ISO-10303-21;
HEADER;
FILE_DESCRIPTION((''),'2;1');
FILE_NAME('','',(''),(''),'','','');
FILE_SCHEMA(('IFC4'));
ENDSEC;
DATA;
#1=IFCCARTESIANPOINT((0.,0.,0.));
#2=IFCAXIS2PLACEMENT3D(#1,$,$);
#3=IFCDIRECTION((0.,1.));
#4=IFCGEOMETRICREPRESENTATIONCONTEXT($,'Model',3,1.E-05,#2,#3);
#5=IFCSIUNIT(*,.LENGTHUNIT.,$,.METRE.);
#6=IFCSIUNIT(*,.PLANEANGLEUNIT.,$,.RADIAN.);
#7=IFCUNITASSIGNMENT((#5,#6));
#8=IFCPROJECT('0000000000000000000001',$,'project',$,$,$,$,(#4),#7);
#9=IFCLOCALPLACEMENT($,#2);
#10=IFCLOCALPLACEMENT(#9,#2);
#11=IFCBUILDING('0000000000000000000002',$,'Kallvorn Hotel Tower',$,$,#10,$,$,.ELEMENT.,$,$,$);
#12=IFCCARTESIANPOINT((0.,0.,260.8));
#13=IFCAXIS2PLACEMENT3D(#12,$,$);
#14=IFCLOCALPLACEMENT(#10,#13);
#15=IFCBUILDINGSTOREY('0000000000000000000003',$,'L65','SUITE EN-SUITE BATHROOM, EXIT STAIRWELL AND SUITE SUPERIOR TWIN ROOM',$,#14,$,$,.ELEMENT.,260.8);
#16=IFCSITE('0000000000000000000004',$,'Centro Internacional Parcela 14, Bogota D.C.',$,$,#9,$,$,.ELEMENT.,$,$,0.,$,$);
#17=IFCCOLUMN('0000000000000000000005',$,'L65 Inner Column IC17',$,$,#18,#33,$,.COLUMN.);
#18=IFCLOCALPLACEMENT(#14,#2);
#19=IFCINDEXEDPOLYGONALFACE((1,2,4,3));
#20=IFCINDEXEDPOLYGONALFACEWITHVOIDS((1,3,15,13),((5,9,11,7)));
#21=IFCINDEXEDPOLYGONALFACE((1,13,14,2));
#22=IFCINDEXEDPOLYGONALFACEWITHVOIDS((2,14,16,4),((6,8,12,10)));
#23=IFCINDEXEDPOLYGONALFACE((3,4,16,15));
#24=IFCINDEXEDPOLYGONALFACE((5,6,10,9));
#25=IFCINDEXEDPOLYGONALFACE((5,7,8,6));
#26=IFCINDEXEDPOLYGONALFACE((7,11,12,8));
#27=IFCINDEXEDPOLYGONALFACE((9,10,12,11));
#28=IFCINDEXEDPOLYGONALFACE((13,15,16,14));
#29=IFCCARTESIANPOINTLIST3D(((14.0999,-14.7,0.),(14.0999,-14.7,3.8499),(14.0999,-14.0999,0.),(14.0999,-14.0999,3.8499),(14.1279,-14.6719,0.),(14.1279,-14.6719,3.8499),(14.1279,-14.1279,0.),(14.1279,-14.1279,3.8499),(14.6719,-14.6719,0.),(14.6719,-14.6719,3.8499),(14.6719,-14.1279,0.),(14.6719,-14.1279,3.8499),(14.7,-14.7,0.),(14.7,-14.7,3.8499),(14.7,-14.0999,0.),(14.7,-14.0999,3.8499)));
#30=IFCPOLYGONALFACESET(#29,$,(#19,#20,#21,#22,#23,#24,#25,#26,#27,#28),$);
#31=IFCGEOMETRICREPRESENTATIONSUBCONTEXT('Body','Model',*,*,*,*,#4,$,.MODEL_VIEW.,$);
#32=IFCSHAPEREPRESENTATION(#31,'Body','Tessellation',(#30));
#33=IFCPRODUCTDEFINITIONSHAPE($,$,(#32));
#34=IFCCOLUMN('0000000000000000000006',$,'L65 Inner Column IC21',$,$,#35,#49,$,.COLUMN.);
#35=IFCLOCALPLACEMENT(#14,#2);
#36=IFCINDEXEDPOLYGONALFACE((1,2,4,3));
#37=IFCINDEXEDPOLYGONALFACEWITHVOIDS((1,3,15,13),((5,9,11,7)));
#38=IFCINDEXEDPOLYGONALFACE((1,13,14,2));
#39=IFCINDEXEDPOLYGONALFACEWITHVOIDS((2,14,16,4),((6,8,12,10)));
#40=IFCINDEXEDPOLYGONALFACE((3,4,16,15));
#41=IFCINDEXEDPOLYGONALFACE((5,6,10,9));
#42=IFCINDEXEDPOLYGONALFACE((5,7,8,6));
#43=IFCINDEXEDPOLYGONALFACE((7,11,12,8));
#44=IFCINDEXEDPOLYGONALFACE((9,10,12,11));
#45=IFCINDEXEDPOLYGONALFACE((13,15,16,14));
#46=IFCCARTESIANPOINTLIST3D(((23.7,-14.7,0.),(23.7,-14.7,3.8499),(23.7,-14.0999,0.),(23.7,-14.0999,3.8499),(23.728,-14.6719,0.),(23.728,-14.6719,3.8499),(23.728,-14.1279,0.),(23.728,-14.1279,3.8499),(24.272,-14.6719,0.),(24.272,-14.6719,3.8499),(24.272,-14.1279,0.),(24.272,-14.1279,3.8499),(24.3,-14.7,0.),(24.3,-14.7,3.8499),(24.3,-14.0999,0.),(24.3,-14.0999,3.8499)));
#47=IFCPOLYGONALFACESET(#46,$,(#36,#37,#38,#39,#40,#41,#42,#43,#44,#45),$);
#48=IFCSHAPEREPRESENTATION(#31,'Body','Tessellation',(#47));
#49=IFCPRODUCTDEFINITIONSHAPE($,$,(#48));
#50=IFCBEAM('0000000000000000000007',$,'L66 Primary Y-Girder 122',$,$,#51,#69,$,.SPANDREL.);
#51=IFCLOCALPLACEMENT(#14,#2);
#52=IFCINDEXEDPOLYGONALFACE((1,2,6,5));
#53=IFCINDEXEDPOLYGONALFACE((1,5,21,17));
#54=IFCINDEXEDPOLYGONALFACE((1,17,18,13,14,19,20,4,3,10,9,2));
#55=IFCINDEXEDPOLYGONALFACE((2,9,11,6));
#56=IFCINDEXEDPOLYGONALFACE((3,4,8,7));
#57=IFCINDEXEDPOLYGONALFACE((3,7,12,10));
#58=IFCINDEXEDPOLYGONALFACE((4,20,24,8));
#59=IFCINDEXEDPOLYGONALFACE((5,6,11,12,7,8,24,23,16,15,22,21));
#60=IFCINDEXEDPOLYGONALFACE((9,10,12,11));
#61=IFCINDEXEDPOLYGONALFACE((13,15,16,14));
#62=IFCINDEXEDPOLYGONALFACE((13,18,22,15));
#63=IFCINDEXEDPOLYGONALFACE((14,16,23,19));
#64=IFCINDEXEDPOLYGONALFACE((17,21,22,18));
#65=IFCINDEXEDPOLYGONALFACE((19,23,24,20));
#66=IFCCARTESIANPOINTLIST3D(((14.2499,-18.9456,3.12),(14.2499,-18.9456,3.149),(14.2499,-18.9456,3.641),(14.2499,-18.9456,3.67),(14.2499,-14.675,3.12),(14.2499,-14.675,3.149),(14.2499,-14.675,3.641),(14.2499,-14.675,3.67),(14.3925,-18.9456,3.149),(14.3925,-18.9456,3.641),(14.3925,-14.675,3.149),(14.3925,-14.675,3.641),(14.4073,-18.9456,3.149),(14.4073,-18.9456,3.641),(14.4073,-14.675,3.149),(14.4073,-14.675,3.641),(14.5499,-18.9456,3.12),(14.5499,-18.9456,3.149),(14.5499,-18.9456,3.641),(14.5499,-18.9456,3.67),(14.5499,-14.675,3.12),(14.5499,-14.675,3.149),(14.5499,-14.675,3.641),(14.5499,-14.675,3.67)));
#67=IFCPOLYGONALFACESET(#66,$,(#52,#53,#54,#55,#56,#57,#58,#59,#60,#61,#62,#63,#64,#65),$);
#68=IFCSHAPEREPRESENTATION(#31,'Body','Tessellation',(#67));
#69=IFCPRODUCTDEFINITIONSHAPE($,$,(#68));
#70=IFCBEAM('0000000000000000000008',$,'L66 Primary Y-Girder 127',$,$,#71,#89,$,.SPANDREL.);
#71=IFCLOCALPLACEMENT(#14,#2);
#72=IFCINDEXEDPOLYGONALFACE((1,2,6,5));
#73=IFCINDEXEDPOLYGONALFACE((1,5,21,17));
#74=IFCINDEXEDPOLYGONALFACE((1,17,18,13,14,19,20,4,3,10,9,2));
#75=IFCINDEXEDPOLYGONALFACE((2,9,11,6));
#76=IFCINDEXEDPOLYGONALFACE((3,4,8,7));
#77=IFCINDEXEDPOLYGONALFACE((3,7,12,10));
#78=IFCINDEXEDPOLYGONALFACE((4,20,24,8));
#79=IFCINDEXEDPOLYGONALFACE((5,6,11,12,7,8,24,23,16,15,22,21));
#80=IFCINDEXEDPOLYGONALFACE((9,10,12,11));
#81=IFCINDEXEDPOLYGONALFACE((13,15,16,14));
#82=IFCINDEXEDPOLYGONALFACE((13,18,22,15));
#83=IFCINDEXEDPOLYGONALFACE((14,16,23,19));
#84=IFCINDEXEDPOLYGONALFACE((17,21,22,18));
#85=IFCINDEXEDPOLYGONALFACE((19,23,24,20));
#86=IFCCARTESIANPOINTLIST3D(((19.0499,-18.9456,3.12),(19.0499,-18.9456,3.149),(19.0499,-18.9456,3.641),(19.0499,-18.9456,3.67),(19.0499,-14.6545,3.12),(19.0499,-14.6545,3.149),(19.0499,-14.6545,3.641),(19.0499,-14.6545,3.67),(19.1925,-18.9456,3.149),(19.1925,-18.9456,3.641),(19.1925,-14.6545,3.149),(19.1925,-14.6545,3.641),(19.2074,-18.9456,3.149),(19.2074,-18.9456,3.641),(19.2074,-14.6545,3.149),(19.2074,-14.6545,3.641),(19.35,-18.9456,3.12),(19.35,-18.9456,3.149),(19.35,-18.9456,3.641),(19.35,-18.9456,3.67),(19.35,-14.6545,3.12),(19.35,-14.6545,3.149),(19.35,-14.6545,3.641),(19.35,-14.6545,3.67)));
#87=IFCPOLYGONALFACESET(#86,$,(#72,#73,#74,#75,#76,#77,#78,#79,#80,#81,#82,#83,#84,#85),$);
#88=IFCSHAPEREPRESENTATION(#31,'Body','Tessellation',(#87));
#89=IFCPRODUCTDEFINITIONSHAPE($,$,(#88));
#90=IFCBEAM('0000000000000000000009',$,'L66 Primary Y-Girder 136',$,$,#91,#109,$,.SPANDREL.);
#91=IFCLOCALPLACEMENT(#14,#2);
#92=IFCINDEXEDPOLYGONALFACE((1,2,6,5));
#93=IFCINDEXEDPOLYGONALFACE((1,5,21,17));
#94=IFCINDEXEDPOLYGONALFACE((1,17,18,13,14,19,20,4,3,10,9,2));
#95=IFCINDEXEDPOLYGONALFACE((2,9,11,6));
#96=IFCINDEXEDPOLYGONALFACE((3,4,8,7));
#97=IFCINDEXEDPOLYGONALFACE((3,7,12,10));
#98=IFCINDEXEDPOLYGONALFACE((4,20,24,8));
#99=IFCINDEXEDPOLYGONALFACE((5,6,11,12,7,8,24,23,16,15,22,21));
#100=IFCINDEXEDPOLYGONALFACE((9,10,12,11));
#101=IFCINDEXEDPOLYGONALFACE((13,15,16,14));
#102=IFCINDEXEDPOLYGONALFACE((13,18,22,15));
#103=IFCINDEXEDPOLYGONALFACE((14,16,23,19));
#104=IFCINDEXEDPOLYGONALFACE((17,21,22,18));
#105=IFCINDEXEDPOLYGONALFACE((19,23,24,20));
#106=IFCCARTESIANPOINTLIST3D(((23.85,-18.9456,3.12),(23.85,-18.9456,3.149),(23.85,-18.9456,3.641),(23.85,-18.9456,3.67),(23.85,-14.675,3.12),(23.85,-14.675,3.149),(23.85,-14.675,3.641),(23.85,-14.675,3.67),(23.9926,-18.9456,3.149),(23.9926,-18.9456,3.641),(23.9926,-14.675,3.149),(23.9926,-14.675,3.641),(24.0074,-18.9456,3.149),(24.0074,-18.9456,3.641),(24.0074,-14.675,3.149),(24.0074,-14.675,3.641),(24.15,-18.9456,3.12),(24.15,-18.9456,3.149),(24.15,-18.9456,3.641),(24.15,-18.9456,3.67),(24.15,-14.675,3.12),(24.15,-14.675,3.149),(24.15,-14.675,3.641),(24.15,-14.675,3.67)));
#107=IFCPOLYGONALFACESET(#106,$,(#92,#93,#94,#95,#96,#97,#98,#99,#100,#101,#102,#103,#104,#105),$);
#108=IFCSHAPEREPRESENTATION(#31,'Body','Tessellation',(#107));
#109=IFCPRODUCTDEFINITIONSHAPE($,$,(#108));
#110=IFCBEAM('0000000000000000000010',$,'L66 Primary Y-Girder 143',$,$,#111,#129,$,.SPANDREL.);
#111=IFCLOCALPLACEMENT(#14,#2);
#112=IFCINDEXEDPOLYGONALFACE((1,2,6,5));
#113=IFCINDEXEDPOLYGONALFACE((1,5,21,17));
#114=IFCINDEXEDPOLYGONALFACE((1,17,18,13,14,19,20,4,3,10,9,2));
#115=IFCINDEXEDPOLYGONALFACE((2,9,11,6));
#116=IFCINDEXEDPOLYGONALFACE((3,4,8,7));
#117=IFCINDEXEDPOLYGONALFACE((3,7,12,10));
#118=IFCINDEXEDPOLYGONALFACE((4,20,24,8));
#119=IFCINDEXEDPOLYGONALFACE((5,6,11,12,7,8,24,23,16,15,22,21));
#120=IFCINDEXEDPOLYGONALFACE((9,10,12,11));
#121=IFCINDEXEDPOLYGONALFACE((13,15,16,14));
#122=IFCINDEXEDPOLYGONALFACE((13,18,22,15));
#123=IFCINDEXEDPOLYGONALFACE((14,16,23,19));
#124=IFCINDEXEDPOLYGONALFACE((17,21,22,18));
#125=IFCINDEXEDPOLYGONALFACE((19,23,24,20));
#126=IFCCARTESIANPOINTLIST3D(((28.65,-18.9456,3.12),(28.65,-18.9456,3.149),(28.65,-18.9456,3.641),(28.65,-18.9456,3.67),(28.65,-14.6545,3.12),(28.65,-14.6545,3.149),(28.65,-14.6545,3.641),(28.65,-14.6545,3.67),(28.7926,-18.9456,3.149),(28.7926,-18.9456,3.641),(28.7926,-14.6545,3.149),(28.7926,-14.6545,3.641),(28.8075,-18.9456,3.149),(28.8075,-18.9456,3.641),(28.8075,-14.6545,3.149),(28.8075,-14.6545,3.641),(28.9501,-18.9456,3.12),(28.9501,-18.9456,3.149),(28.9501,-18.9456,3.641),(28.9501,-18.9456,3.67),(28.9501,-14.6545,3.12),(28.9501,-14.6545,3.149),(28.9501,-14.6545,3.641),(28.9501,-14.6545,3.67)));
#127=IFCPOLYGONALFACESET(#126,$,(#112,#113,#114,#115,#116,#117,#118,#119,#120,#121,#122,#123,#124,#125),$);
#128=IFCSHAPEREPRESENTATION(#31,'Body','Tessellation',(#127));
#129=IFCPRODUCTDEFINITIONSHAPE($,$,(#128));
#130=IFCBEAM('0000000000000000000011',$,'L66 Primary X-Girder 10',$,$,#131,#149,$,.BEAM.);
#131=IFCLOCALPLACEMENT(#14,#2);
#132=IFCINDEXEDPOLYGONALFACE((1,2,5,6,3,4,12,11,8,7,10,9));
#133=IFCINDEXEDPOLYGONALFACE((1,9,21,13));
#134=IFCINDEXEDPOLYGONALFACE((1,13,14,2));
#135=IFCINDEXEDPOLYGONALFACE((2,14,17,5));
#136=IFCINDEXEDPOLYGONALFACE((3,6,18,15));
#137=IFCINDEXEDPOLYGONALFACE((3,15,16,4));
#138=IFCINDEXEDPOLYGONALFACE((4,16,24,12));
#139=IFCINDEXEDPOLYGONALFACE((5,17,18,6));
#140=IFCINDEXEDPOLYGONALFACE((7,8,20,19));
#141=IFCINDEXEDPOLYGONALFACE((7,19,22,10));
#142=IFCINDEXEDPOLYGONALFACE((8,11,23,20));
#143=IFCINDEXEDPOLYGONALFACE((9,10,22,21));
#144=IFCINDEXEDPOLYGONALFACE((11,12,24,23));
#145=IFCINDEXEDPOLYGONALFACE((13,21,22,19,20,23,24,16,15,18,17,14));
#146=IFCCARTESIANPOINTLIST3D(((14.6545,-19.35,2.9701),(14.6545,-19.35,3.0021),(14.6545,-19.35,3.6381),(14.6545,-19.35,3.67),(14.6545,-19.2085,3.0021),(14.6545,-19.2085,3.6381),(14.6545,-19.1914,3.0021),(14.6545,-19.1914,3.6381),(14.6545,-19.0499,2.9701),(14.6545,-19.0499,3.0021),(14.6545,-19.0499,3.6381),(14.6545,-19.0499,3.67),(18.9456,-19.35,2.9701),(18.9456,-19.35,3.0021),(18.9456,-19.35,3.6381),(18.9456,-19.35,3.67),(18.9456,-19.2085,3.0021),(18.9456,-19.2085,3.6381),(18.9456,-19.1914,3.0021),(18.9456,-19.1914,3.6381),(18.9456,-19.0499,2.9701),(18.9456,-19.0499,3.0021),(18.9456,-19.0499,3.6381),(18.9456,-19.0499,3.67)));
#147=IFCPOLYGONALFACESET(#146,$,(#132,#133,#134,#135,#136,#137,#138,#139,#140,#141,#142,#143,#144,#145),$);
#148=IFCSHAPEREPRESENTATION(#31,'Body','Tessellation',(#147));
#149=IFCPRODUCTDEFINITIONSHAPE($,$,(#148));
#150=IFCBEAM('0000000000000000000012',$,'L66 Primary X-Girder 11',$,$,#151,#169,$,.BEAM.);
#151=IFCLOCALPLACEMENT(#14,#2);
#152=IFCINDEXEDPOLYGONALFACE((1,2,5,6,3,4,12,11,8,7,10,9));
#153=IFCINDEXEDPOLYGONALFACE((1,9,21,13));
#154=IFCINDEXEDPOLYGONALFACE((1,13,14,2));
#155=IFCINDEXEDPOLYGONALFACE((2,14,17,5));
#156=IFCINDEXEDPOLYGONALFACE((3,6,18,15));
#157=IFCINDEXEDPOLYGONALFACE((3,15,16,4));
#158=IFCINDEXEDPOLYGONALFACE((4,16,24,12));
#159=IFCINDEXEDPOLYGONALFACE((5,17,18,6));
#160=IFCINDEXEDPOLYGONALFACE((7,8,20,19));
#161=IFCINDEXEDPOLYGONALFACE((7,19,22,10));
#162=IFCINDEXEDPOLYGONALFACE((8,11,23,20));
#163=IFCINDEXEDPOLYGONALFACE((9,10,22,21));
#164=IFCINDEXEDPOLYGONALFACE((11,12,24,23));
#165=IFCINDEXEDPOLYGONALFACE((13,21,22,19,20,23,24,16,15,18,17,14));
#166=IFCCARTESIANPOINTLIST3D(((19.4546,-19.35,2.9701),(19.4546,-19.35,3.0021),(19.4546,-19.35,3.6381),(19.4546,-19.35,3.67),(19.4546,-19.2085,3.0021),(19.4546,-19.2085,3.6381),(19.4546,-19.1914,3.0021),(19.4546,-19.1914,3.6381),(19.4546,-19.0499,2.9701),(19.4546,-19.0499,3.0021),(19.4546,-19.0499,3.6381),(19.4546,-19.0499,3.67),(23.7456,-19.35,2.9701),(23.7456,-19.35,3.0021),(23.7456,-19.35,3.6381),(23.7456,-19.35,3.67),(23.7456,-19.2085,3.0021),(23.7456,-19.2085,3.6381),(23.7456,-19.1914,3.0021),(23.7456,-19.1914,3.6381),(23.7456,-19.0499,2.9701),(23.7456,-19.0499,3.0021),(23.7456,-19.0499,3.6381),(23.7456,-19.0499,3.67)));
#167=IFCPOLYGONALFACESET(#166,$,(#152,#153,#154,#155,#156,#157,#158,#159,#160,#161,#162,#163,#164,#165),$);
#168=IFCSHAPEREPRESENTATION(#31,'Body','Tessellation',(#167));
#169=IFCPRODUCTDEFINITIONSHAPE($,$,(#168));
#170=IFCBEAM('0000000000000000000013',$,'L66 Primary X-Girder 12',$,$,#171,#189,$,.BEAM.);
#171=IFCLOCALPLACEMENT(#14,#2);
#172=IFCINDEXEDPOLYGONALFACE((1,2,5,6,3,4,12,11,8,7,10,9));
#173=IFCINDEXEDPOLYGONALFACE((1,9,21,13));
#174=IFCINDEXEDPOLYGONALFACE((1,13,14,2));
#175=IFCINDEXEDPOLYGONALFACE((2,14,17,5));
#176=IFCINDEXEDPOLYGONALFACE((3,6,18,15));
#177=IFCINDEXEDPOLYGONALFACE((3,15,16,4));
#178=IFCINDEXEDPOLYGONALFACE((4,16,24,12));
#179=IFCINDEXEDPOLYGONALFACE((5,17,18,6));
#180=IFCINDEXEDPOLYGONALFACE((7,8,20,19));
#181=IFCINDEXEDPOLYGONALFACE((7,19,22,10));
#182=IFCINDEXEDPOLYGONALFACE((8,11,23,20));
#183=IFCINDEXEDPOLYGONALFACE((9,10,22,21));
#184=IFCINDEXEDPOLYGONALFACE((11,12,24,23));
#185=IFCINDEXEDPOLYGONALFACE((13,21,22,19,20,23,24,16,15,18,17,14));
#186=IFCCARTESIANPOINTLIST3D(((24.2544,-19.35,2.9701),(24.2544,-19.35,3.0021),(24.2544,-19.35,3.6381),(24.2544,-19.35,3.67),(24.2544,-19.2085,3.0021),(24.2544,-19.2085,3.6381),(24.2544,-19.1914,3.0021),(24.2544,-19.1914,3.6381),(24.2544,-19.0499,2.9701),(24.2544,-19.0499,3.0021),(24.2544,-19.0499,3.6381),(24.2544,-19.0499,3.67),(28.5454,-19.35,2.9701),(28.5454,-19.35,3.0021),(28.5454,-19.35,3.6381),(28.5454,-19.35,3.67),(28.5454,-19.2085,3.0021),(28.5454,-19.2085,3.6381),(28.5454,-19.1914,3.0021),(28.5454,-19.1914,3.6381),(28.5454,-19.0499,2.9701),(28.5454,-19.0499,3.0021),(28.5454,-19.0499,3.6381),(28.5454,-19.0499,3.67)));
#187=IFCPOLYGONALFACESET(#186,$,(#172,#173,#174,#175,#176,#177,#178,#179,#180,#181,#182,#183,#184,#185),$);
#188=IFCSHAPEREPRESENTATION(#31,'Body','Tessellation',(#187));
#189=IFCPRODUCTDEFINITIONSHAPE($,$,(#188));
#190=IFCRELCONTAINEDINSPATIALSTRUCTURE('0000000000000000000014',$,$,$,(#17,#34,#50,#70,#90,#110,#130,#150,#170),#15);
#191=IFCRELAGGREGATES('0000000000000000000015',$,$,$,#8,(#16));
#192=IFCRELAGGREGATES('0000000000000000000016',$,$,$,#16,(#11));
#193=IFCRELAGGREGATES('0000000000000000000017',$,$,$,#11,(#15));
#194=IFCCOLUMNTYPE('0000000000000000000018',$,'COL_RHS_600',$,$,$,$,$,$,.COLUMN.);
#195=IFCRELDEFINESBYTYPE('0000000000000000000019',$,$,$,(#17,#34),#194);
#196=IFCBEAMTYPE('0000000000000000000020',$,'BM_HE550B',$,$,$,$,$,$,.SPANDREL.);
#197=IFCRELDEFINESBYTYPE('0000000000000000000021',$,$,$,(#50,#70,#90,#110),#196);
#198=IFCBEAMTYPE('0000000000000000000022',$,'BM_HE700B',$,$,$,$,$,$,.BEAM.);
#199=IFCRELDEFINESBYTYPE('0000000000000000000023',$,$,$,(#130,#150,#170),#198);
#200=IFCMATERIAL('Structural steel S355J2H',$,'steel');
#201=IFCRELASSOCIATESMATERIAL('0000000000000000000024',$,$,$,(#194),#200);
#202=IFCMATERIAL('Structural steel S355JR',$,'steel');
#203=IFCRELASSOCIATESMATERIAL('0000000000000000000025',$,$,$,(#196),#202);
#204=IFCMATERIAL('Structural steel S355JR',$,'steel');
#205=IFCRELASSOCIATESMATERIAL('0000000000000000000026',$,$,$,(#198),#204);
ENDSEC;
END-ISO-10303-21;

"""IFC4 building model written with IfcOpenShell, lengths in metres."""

from ifc_helpers import new_model, si_unit, direction, frame, origin, origin_2d, place, context, subcontext, project, spatial, hollow_rectangle, i_section, extrude, material, material_profile, profile_set, type_object, element, save


model = new_model("IFC4")

# Units and contexts
model_context = context("Model", 3, precision=1e-05, world=origin(), true_north=direction((0.0, 1.0)))
body_context = subcontext(model_context, "Body", "Model", "MODEL_VIEW")
ifc_project = project(units=[si_unit("LENGTHUNIT", "METRE"), si_unit("PLANEANGLEUNIT", "RADIAN")], contexts=[model_context])

# Site, building, storey
site_placement = place(None, origin())
site = spatial("IfcSite", under=ifc_project, at=site_placement, Name="Centro Internacional Parcela 14, Bogota D.C.", CompositionType="ELEMENT", RefElevation=0.0)
building_placement = place(site_placement, origin())
building = spatial("IfcBuilding", under=site, at=building_placement, Name="Kallvorn Hotel Tower", CompositionType="ELEMENT")
storey_placement = place(building_placement, frame((0.0, 0.0, 260.8)))
storey = spatial("IfcBuildingStorey", under=building, at=storey_placement, Name="L65", Description="SUITE EN-SUITE BATHROOM, EXIT STAIRWELL AND SUITE SUPERIOR TWIN ROOM", CompositionType="ELEMENT", Elevation=260.8)

# Columns
ifc_material_1 = material(Name="Structural steel S355J2H", Category="steel")
ifc_material_profile_1 = material_profile(ifc_material_1, hollow_rectangle(XDim=0.6001, YDim=0.6001, WallThickness=0.0281, at=origin_2d()), Name="RHS 600x600x28")
ifc_profile_set_1 = profile_set([ifc_material_profile_1], Name="Structural steel S355J2H")
column_type_1 = type_object("IfcColumnType", Name="COL_RHS_600", PredefinedType="COLUMN", material=ifc_profile_set_1)
for number, where, z_axis, x_axis, name in (
    (1, (14.3999, -14.3999, 0.0), (0.0, 0.0, 1.0), (1.0, 0.0, 0.0), "L65 Inner Column IC17"),
    (2, (24.0, -14.3999, 0.0), (0.0, 0.0, 1.0), (1.0, 0.0, 0.0), "L65 Inner Column IC21"),
):
    element("IfcColumn", number, at=place(storey_placement, frame(where, z_axis=z_axis, x_axis=x_axis)), inside=storey, type_object=column_type_1, Name=name, PredefinedType="COLUMN", context=body_context, shape_type="SweptSolid", body=[
        extrude(hollow_rectangle(XDim=0.6001, YDim=0.6001, WallThickness=0.0281, at=origin_2d()), origin(), (0.0, 0.0, 1.0), 3.8499),
    ])

# Beams
ifc_material_2 = material(Name="Structural steel S355JR", Category="steel")
ifc_material_profile_2 = material_profile(ifc_material_2, i_section(OverallWidth=0.3, OverallDepth=0.55, WebThickness=0.0149, FlangeThickness=0.0291, at=origin_2d()), Name="HE 550 B")
ifc_profile_set_2 = profile_set([ifc_material_profile_2], Name="Structural steel S355JR")
beam_type_1 = type_object("IfcBeamType", Name="BM_HE550B", PredefinedType="SPANDREL", material=ifc_profile_set_2)
beam_1_placement = place(storey_placement, frame((14.3999, -18.9456, 3.395), z_axis=(0.0, 1.0, 0.0), x_axis=(-1.0, 0.0, 0.0)))
element("IfcBeam", 3, at=beam_1_placement, inside=storey, type_object=beam_type_1, Name="L66 Primary Y-Girder 122", PredefinedType="SPANDREL", context=body_context, shape_type="SweptSolid", body=[
    extrude(i_section(OverallWidth=0.3, OverallDepth=0.55, WebThickness=0.0149, FlangeThickness=0.0291, at=origin_2d()), origin(), (0.0, 0.0, 1.0), 4.2705),
])
beam_2_placement = place(storey_placement, frame((19.2, -18.9456, 3.395), z_axis=(0.0, 1.0, 0.0), x_axis=(-1.0, 0.0, 0.0)))
element("IfcBeam", 4, at=beam_2_placement, inside=storey, type_object=beam_type_1, Name="L66 Primary Y-Girder 127", PredefinedType="SPANDREL", context=body_context, shape_type="SweptSolid", body=[
    extrude(i_section(OverallWidth=0.3, OverallDepth=0.55, WebThickness=0.0149, FlangeThickness=0.0291, at=origin_2d()), origin(), (0.0, 0.0, 1.0), 4.291),
])
beam_3_placement = place(storey_placement, frame((24.0, -18.9456, 3.395), z_axis=(0.0, 1.0, 0.0), x_axis=(-1.0, 0.0, 0.0)))
element("IfcBeam", 5, at=beam_3_placement, inside=storey, type_object=beam_type_1, Name="L66 Primary Y-Girder 136", PredefinedType="SPANDREL", context=body_context, shape_type="SweptSolid", body=[
    extrude(i_section(OverallWidth=0.3, OverallDepth=0.55, WebThickness=0.0149, FlangeThickness=0.0291, at=origin_2d()), origin(), (0.0, 0.0, 1.0), 4.2705),
])
beam_4_placement = place(storey_placement, frame((28.8, -18.9456, 3.395), z_axis=(0.0, 1.0, 0.0), x_axis=(-1.0, 0.0, 0.0)))
element("IfcBeam", 6, at=beam_4_placement, inside=storey, type_object=beam_type_1, Name="L66 Primary Y-Girder 143", PredefinedType="SPANDREL", context=body_context, shape_type="SweptSolid", body=[
    extrude(i_section(OverallWidth=0.3, OverallDepth=0.55, WebThickness=0.0149, FlangeThickness=0.0291, at=origin_2d()), origin(), (0.0, 0.0, 1.0), 4.291),
])
ifc_material_3 = material(Name="Structural steel S355JR", Category="steel")
ifc_material_profile_3 = material_profile(ifc_material_3, i_section(OverallWidth=0.3, OverallDepth=0.7, WebThickness=0.0171, FlangeThickness=0.032, at=origin_2d()), Name="HE 700 B")
ifc_profile_set_3 = profile_set([ifc_material_profile_3], Name="Structural steel S355JR")
beam_type_2 = type_object("IfcBeamType", Name="BM_HE700B", PredefinedType="BEAM", material=ifc_profile_set_3)
for number, where, z_axis, x_axis, name in (
    (7, (14.6545, -19.2, 3.3201), (1.0, 0.0, 0.0), (0.0, 1.0, 0.0), "L66 Primary X-Girder 10"),
    (8, (19.4546, -19.2, 3.3201), (1.0, 0.0, 0.0), (0.0, 1.0, 0.0), "L66 Primary X-Girder 11"),
    (9, (24.2544, -19.2, 3.3201), (1.0, 0.0, 0.0), (0.0, 1.0, 0.0), "L66 Primary X-Girder 12"),
):
    element("IfcBeam", number, at=place(storey_placement, frame(where, z_axis=z_axis, x_axis=x_axis)), inside=storey, type_object=beam_type_2, Name=name, PredefinedType="BEAM", context=body_context, shape_type="SweptSolid", body=[
        extrude(i_section(OverallWidth=0.3, OverallDepth=0.7, WebThickness=0.0171, FlangeThickness=0.032, at=origin_2d()), origin(), (0.0, 0.0, 1.0), 4.291),
    ])

save(model, "model.ifc")
